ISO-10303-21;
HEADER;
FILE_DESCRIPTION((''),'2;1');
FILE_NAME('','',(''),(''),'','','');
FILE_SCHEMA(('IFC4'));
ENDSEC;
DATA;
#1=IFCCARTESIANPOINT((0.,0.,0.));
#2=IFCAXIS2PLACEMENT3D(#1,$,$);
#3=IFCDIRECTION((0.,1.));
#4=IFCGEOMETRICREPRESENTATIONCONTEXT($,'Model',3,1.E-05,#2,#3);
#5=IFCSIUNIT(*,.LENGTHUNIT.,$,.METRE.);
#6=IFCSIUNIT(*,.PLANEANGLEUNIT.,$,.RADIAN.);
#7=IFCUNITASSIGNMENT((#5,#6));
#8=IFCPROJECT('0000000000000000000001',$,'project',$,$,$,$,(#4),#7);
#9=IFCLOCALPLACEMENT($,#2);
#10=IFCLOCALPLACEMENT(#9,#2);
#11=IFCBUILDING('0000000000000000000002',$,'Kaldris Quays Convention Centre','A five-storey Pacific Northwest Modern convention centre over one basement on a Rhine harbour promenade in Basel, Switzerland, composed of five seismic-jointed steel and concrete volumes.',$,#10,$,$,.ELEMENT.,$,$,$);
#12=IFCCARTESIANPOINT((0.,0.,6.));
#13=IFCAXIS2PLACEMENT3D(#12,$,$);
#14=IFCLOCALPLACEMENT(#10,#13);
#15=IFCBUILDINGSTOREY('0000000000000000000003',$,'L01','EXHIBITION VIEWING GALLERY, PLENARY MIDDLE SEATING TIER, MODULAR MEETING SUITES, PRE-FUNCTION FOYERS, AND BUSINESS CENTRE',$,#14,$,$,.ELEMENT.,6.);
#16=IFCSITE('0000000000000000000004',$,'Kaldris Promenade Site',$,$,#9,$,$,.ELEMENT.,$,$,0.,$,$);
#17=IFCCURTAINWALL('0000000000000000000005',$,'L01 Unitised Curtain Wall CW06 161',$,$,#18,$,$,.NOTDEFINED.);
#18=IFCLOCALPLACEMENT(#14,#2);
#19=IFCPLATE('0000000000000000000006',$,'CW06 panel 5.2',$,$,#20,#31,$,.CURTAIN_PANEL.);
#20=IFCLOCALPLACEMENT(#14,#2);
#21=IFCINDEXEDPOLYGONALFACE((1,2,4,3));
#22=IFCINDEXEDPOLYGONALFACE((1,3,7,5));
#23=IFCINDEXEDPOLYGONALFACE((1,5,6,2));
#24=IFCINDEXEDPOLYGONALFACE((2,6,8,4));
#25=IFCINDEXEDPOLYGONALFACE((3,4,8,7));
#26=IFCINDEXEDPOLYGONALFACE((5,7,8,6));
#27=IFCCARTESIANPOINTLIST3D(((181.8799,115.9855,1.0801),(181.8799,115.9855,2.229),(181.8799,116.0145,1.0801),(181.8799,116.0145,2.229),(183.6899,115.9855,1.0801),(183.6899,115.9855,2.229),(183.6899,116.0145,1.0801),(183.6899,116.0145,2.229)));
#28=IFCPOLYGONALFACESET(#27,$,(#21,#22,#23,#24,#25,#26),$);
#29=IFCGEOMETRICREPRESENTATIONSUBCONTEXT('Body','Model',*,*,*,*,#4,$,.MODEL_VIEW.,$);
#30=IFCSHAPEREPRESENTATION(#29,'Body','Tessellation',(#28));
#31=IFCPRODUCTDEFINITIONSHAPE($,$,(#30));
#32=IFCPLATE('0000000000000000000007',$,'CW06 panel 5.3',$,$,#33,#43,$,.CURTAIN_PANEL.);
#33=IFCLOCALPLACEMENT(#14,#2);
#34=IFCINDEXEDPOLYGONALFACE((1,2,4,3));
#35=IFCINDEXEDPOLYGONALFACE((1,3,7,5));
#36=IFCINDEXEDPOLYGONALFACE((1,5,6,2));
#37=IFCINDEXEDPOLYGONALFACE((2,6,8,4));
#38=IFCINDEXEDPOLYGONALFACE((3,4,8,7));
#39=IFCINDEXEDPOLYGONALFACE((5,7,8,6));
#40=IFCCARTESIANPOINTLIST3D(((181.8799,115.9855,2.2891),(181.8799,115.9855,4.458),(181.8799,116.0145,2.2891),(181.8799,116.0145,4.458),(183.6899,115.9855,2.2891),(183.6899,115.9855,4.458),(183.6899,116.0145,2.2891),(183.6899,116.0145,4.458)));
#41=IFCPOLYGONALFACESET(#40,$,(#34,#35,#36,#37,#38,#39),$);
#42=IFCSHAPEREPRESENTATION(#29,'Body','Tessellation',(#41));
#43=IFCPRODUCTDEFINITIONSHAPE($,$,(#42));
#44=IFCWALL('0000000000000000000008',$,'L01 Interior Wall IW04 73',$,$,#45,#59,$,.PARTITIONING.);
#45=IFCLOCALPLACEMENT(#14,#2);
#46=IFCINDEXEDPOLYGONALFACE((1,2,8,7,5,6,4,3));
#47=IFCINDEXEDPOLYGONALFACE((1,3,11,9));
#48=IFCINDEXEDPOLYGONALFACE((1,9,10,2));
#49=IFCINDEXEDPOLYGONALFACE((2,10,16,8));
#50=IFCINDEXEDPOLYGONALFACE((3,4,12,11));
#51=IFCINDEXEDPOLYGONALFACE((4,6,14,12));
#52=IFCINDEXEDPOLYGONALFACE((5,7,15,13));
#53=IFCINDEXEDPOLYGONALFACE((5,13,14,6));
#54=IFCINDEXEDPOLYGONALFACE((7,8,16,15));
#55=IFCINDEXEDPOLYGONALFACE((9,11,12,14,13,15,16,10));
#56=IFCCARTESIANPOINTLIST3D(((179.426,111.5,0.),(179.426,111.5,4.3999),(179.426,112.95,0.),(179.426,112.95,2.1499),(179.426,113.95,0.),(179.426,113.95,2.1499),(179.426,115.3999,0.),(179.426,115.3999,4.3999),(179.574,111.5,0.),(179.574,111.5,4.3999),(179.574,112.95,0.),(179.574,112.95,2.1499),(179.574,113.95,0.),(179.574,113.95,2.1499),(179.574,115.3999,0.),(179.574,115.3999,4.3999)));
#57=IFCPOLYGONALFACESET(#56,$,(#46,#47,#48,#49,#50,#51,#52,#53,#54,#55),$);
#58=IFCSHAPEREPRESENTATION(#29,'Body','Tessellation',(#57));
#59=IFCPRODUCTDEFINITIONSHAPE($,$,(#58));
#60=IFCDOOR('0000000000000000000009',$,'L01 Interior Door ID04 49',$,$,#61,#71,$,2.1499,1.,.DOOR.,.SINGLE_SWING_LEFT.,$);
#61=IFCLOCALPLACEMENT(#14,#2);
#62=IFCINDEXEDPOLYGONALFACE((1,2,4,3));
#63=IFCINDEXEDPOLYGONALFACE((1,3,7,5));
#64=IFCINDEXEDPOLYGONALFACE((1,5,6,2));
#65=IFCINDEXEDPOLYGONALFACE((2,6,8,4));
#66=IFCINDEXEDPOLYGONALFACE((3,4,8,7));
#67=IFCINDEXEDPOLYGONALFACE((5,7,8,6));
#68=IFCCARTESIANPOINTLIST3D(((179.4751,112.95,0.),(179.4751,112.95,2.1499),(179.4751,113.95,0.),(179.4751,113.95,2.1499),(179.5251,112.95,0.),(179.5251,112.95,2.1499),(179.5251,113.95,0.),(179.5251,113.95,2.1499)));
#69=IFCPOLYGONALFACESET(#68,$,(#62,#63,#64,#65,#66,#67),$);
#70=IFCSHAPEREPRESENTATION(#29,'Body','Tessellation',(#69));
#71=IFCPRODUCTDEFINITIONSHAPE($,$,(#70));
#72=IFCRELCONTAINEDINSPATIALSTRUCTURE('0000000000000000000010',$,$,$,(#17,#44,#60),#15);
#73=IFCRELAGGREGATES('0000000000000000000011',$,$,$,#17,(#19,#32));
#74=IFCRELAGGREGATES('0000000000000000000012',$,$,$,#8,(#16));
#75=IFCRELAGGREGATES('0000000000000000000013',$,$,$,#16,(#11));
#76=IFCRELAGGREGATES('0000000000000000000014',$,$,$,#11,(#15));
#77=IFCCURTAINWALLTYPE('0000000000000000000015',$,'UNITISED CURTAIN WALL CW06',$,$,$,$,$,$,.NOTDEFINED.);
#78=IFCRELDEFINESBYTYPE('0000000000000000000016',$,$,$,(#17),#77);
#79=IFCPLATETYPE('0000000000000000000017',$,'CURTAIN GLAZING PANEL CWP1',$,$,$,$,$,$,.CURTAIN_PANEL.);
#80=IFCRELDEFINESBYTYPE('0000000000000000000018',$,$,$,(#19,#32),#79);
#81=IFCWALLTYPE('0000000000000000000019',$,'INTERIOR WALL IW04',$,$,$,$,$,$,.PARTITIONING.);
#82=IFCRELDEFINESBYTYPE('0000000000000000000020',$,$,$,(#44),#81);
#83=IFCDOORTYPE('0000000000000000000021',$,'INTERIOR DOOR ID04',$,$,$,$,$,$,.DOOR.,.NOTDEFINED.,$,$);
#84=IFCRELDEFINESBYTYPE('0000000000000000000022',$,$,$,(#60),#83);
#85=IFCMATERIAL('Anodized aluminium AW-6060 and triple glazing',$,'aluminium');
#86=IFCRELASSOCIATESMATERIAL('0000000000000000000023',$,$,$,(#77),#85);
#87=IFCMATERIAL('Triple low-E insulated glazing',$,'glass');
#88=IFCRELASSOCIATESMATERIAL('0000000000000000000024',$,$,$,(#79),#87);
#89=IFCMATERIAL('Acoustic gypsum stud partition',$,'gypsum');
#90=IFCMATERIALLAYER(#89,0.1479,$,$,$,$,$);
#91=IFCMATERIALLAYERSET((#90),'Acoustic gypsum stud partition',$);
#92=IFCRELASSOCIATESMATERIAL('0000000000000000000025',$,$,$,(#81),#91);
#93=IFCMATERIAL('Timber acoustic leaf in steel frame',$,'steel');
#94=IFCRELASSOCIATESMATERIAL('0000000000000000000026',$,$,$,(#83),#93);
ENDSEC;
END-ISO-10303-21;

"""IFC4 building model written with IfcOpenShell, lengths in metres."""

from ifc_helpers import new_model, si_unit, direction, frame, frame_2d, origin, origin_2d, place, context, subcontext, project, spatial, rectangle, extrude, material, layer, layer_set, type_object, element, fill, aggregate, save


model = new_model("IFC4")

# Units and contexts
model_context = context("Model", 3, precision=1e-05, world=origin(), true_north=direction((0.0, 1.0)))
body_context = subcontext(model_context, "Body", "Model", "MODEL_VIEW")
ifc_project = project(units=[si_unit("LENGTHUNIT", "METRE"), si_unit("PLANEANGLEUNIT", "RADIAN")], contexts=[model_context])

# Site, building, storey
site_placement = place(None, origin())
site = spatial("IfcSite", under=ifc_project, at=site_placement, Name="Kaldris Promenade Site", CompositionType="ELEMENT", RefElevation=0.0)
building_placement = place(site_placement, origin())
building = spatial("IfcBuilding", under=site, at=building_placement, Name="Kaldris Quays Convention Centre", Description="A five-storey Pacific Northwest Modern convention centre over one basement on a Rhine harbour promenade in Basel, Switzerland, composed of five seismic-jointed steel and concrete volumes.", CompositionType="ELEMENT")
storey_placement = place(building_placement, frame((0.0, 0.0, 6.0)))
storey = spatial("IfcBuildingStorey", under=building, at=storey_placement, Name="L01", Description="EXHIBITION VIEWING GALLERY, PLENARY MIDDLE SEATING TIER, MODULAR MEETING SUITES, PRE-FUNCTION FOYERS, AND BUSINESS CENTRE", CompositionType="ELEMENT", Elevation=6.0)

# Curtain wall
ifc_material_1 = material(Name="Anodized aluminium AW-6060 and triple glazing", Category="aluminium")
curtain_wall_type = type_object("IfcCurtainWallType", Name="UNITISED CURTAIN WALL CW06", PredefinedType="NOTDEFINED", material=ifc_material_1)
curtain_wall_placement = place(storey_placement, origin())
curtain_wall = element("IfcCurtainWall", 1, at=curtain_wall_placement, inside=storey, type_object=curtain_wall_type, Name="L01 Unitised Curtain Wall CW06 161", PredefinedType="NOTDEFINED")

# Plates
ifc_material_2 = material(Name="Triple low-E insulated glazing", Category="glass")
plate_type = type_object("IfcPlateType", Name="CURTAIN GLAZING PANEL CWP1", PredefinedType="CURTAIN_PANEL", material=ifc_material_2)
plate_1_placement = place(storey_placement, frame((182.7849, 116.0, 1.0801), z_axis=(0.0, 0.0, 1.0), x_axis=(1.0, 0.0, 0.0)))
plate_1 = element("IfcPlate", 2, at=plate_1_placement, type_object=plate_type, Name="CW06 panel 5.2", PredefinedType="CURTAIN_PANEL", context=body_context, shape_type="SweptSolid", body=[
    extrude(rectangle(XDim=1.8101, YDim=0.0291, at=origin_2d()), origin(), (0.0, 0.0, 1.0), 1.1489),
])
plate_2_placement = place(storey_placement, frame((182.7849, 116.0, 2.2891), z_axis=(0.0, 0.0, 1.0), x_axis=(1.0, 0.0, 0.0)))
plate_2 = element("IfcPlate", 3, at=plate_2_placement, type_object=plate_type, Name="CW06 panel 5.3", PredefinedType="CURTAIN_PANEL", context=body_context, shape_type="SweptSolid", body=[
    extrude(rectangle(XDim=1.8101, YDim=0.0291, at=origin_2d()), origin(), (0.0, 0.0, 1.0), 2.1689),
])
aggregate(curtain_wall, [plate_1, plate_2])

# Wall, opening, door
ifc_material_3 = material(Name="Acoustic gypsum stud partition", Category="gypsum")
ifc_layer = layer(ifc_material_3, 0.1479)
ifc_layer_set = layer_set([ifc_layer], Name="Acoustic gypsum stud partition")
wall_type = type_object("IfcWallType", Name="INTERIOR WALL IW04", PredefinedType="PARTITIONING", material=ifc_layer_set)
wall_placement = place(storey_placement, frame((179.5, 111.5, 0.0), z_axis=(0.0, 0.0, 1.0), x_axis=(0.0, 1.0, 0.0)))
wall = element("IfcWall", 4, at=wall_placement, inside=storey, type_object=wall_type, Name="L01 Interior Wall IW04 73", PredefinedType="PARTITIONING", context=body_context, shape_type="SweptSolid", body=[
    extrude(rectangle(XDim=3.8999, YDim=0.1479, at=frame_2d((1.95, 0.0))), origin(), (0.0, 0.0, 1.0), 4.3999),
])
opening_placement = place(wall_placement, frame((1.45, 0.0, 0.0)))
opening = element("IfcOpeningElement", 5, at=opening_placement, cuts=wall, PredefinedType="OPENING", context=body_context, shape_type="SweptSolid", body=[
    extrude(rectangle(XDim=1.0, YDim=2.1499, at=frame_2d((0.5, 1.075))), frame((0.0, 0.084, 0.0), z_axis=(0.0, -1.0, 0.0), x_axis=(1.0, 0.0, 0.0)), (0.0, 0.0, 1.0), 0.168),
])
ifc_material_4 = material(Name="Timber acoustic leaf in steel frame", Category="steel")
door_type = type_object("IfcDoorType", Name="INTERIOR DOOR ID04", OperationType="NOTDEFINED", PredefinedType="DOOR", material=ifc_material_4)
door_placement = place(opening_placement, origin())
door = element("IfcDoor", 6, at=door_placement, inside=storey, type_object=door_type, Name="L01 Interior Door ID04 49", OperationType="SINGLE_SWING_LEFT", OverallHeight=2.1499, OverallWidth=1.0, PredefinedType="DOOR", context=body_context, shape_type="SweptSolid", body=[
    extrude(rectangle(XDim=1.0, YDim=2.1499, at=frame_2d((0.5, 1.075))), frame((0.0, 0.0249, 0.0), z_axis=(0.0, -1.0, 0.0), x_axis=(1.0, 0.0, 0.0)), (0.0, 0.0, 1.0), 0.05),
])
fill(opening, door)

save(model, "model.ifc")
